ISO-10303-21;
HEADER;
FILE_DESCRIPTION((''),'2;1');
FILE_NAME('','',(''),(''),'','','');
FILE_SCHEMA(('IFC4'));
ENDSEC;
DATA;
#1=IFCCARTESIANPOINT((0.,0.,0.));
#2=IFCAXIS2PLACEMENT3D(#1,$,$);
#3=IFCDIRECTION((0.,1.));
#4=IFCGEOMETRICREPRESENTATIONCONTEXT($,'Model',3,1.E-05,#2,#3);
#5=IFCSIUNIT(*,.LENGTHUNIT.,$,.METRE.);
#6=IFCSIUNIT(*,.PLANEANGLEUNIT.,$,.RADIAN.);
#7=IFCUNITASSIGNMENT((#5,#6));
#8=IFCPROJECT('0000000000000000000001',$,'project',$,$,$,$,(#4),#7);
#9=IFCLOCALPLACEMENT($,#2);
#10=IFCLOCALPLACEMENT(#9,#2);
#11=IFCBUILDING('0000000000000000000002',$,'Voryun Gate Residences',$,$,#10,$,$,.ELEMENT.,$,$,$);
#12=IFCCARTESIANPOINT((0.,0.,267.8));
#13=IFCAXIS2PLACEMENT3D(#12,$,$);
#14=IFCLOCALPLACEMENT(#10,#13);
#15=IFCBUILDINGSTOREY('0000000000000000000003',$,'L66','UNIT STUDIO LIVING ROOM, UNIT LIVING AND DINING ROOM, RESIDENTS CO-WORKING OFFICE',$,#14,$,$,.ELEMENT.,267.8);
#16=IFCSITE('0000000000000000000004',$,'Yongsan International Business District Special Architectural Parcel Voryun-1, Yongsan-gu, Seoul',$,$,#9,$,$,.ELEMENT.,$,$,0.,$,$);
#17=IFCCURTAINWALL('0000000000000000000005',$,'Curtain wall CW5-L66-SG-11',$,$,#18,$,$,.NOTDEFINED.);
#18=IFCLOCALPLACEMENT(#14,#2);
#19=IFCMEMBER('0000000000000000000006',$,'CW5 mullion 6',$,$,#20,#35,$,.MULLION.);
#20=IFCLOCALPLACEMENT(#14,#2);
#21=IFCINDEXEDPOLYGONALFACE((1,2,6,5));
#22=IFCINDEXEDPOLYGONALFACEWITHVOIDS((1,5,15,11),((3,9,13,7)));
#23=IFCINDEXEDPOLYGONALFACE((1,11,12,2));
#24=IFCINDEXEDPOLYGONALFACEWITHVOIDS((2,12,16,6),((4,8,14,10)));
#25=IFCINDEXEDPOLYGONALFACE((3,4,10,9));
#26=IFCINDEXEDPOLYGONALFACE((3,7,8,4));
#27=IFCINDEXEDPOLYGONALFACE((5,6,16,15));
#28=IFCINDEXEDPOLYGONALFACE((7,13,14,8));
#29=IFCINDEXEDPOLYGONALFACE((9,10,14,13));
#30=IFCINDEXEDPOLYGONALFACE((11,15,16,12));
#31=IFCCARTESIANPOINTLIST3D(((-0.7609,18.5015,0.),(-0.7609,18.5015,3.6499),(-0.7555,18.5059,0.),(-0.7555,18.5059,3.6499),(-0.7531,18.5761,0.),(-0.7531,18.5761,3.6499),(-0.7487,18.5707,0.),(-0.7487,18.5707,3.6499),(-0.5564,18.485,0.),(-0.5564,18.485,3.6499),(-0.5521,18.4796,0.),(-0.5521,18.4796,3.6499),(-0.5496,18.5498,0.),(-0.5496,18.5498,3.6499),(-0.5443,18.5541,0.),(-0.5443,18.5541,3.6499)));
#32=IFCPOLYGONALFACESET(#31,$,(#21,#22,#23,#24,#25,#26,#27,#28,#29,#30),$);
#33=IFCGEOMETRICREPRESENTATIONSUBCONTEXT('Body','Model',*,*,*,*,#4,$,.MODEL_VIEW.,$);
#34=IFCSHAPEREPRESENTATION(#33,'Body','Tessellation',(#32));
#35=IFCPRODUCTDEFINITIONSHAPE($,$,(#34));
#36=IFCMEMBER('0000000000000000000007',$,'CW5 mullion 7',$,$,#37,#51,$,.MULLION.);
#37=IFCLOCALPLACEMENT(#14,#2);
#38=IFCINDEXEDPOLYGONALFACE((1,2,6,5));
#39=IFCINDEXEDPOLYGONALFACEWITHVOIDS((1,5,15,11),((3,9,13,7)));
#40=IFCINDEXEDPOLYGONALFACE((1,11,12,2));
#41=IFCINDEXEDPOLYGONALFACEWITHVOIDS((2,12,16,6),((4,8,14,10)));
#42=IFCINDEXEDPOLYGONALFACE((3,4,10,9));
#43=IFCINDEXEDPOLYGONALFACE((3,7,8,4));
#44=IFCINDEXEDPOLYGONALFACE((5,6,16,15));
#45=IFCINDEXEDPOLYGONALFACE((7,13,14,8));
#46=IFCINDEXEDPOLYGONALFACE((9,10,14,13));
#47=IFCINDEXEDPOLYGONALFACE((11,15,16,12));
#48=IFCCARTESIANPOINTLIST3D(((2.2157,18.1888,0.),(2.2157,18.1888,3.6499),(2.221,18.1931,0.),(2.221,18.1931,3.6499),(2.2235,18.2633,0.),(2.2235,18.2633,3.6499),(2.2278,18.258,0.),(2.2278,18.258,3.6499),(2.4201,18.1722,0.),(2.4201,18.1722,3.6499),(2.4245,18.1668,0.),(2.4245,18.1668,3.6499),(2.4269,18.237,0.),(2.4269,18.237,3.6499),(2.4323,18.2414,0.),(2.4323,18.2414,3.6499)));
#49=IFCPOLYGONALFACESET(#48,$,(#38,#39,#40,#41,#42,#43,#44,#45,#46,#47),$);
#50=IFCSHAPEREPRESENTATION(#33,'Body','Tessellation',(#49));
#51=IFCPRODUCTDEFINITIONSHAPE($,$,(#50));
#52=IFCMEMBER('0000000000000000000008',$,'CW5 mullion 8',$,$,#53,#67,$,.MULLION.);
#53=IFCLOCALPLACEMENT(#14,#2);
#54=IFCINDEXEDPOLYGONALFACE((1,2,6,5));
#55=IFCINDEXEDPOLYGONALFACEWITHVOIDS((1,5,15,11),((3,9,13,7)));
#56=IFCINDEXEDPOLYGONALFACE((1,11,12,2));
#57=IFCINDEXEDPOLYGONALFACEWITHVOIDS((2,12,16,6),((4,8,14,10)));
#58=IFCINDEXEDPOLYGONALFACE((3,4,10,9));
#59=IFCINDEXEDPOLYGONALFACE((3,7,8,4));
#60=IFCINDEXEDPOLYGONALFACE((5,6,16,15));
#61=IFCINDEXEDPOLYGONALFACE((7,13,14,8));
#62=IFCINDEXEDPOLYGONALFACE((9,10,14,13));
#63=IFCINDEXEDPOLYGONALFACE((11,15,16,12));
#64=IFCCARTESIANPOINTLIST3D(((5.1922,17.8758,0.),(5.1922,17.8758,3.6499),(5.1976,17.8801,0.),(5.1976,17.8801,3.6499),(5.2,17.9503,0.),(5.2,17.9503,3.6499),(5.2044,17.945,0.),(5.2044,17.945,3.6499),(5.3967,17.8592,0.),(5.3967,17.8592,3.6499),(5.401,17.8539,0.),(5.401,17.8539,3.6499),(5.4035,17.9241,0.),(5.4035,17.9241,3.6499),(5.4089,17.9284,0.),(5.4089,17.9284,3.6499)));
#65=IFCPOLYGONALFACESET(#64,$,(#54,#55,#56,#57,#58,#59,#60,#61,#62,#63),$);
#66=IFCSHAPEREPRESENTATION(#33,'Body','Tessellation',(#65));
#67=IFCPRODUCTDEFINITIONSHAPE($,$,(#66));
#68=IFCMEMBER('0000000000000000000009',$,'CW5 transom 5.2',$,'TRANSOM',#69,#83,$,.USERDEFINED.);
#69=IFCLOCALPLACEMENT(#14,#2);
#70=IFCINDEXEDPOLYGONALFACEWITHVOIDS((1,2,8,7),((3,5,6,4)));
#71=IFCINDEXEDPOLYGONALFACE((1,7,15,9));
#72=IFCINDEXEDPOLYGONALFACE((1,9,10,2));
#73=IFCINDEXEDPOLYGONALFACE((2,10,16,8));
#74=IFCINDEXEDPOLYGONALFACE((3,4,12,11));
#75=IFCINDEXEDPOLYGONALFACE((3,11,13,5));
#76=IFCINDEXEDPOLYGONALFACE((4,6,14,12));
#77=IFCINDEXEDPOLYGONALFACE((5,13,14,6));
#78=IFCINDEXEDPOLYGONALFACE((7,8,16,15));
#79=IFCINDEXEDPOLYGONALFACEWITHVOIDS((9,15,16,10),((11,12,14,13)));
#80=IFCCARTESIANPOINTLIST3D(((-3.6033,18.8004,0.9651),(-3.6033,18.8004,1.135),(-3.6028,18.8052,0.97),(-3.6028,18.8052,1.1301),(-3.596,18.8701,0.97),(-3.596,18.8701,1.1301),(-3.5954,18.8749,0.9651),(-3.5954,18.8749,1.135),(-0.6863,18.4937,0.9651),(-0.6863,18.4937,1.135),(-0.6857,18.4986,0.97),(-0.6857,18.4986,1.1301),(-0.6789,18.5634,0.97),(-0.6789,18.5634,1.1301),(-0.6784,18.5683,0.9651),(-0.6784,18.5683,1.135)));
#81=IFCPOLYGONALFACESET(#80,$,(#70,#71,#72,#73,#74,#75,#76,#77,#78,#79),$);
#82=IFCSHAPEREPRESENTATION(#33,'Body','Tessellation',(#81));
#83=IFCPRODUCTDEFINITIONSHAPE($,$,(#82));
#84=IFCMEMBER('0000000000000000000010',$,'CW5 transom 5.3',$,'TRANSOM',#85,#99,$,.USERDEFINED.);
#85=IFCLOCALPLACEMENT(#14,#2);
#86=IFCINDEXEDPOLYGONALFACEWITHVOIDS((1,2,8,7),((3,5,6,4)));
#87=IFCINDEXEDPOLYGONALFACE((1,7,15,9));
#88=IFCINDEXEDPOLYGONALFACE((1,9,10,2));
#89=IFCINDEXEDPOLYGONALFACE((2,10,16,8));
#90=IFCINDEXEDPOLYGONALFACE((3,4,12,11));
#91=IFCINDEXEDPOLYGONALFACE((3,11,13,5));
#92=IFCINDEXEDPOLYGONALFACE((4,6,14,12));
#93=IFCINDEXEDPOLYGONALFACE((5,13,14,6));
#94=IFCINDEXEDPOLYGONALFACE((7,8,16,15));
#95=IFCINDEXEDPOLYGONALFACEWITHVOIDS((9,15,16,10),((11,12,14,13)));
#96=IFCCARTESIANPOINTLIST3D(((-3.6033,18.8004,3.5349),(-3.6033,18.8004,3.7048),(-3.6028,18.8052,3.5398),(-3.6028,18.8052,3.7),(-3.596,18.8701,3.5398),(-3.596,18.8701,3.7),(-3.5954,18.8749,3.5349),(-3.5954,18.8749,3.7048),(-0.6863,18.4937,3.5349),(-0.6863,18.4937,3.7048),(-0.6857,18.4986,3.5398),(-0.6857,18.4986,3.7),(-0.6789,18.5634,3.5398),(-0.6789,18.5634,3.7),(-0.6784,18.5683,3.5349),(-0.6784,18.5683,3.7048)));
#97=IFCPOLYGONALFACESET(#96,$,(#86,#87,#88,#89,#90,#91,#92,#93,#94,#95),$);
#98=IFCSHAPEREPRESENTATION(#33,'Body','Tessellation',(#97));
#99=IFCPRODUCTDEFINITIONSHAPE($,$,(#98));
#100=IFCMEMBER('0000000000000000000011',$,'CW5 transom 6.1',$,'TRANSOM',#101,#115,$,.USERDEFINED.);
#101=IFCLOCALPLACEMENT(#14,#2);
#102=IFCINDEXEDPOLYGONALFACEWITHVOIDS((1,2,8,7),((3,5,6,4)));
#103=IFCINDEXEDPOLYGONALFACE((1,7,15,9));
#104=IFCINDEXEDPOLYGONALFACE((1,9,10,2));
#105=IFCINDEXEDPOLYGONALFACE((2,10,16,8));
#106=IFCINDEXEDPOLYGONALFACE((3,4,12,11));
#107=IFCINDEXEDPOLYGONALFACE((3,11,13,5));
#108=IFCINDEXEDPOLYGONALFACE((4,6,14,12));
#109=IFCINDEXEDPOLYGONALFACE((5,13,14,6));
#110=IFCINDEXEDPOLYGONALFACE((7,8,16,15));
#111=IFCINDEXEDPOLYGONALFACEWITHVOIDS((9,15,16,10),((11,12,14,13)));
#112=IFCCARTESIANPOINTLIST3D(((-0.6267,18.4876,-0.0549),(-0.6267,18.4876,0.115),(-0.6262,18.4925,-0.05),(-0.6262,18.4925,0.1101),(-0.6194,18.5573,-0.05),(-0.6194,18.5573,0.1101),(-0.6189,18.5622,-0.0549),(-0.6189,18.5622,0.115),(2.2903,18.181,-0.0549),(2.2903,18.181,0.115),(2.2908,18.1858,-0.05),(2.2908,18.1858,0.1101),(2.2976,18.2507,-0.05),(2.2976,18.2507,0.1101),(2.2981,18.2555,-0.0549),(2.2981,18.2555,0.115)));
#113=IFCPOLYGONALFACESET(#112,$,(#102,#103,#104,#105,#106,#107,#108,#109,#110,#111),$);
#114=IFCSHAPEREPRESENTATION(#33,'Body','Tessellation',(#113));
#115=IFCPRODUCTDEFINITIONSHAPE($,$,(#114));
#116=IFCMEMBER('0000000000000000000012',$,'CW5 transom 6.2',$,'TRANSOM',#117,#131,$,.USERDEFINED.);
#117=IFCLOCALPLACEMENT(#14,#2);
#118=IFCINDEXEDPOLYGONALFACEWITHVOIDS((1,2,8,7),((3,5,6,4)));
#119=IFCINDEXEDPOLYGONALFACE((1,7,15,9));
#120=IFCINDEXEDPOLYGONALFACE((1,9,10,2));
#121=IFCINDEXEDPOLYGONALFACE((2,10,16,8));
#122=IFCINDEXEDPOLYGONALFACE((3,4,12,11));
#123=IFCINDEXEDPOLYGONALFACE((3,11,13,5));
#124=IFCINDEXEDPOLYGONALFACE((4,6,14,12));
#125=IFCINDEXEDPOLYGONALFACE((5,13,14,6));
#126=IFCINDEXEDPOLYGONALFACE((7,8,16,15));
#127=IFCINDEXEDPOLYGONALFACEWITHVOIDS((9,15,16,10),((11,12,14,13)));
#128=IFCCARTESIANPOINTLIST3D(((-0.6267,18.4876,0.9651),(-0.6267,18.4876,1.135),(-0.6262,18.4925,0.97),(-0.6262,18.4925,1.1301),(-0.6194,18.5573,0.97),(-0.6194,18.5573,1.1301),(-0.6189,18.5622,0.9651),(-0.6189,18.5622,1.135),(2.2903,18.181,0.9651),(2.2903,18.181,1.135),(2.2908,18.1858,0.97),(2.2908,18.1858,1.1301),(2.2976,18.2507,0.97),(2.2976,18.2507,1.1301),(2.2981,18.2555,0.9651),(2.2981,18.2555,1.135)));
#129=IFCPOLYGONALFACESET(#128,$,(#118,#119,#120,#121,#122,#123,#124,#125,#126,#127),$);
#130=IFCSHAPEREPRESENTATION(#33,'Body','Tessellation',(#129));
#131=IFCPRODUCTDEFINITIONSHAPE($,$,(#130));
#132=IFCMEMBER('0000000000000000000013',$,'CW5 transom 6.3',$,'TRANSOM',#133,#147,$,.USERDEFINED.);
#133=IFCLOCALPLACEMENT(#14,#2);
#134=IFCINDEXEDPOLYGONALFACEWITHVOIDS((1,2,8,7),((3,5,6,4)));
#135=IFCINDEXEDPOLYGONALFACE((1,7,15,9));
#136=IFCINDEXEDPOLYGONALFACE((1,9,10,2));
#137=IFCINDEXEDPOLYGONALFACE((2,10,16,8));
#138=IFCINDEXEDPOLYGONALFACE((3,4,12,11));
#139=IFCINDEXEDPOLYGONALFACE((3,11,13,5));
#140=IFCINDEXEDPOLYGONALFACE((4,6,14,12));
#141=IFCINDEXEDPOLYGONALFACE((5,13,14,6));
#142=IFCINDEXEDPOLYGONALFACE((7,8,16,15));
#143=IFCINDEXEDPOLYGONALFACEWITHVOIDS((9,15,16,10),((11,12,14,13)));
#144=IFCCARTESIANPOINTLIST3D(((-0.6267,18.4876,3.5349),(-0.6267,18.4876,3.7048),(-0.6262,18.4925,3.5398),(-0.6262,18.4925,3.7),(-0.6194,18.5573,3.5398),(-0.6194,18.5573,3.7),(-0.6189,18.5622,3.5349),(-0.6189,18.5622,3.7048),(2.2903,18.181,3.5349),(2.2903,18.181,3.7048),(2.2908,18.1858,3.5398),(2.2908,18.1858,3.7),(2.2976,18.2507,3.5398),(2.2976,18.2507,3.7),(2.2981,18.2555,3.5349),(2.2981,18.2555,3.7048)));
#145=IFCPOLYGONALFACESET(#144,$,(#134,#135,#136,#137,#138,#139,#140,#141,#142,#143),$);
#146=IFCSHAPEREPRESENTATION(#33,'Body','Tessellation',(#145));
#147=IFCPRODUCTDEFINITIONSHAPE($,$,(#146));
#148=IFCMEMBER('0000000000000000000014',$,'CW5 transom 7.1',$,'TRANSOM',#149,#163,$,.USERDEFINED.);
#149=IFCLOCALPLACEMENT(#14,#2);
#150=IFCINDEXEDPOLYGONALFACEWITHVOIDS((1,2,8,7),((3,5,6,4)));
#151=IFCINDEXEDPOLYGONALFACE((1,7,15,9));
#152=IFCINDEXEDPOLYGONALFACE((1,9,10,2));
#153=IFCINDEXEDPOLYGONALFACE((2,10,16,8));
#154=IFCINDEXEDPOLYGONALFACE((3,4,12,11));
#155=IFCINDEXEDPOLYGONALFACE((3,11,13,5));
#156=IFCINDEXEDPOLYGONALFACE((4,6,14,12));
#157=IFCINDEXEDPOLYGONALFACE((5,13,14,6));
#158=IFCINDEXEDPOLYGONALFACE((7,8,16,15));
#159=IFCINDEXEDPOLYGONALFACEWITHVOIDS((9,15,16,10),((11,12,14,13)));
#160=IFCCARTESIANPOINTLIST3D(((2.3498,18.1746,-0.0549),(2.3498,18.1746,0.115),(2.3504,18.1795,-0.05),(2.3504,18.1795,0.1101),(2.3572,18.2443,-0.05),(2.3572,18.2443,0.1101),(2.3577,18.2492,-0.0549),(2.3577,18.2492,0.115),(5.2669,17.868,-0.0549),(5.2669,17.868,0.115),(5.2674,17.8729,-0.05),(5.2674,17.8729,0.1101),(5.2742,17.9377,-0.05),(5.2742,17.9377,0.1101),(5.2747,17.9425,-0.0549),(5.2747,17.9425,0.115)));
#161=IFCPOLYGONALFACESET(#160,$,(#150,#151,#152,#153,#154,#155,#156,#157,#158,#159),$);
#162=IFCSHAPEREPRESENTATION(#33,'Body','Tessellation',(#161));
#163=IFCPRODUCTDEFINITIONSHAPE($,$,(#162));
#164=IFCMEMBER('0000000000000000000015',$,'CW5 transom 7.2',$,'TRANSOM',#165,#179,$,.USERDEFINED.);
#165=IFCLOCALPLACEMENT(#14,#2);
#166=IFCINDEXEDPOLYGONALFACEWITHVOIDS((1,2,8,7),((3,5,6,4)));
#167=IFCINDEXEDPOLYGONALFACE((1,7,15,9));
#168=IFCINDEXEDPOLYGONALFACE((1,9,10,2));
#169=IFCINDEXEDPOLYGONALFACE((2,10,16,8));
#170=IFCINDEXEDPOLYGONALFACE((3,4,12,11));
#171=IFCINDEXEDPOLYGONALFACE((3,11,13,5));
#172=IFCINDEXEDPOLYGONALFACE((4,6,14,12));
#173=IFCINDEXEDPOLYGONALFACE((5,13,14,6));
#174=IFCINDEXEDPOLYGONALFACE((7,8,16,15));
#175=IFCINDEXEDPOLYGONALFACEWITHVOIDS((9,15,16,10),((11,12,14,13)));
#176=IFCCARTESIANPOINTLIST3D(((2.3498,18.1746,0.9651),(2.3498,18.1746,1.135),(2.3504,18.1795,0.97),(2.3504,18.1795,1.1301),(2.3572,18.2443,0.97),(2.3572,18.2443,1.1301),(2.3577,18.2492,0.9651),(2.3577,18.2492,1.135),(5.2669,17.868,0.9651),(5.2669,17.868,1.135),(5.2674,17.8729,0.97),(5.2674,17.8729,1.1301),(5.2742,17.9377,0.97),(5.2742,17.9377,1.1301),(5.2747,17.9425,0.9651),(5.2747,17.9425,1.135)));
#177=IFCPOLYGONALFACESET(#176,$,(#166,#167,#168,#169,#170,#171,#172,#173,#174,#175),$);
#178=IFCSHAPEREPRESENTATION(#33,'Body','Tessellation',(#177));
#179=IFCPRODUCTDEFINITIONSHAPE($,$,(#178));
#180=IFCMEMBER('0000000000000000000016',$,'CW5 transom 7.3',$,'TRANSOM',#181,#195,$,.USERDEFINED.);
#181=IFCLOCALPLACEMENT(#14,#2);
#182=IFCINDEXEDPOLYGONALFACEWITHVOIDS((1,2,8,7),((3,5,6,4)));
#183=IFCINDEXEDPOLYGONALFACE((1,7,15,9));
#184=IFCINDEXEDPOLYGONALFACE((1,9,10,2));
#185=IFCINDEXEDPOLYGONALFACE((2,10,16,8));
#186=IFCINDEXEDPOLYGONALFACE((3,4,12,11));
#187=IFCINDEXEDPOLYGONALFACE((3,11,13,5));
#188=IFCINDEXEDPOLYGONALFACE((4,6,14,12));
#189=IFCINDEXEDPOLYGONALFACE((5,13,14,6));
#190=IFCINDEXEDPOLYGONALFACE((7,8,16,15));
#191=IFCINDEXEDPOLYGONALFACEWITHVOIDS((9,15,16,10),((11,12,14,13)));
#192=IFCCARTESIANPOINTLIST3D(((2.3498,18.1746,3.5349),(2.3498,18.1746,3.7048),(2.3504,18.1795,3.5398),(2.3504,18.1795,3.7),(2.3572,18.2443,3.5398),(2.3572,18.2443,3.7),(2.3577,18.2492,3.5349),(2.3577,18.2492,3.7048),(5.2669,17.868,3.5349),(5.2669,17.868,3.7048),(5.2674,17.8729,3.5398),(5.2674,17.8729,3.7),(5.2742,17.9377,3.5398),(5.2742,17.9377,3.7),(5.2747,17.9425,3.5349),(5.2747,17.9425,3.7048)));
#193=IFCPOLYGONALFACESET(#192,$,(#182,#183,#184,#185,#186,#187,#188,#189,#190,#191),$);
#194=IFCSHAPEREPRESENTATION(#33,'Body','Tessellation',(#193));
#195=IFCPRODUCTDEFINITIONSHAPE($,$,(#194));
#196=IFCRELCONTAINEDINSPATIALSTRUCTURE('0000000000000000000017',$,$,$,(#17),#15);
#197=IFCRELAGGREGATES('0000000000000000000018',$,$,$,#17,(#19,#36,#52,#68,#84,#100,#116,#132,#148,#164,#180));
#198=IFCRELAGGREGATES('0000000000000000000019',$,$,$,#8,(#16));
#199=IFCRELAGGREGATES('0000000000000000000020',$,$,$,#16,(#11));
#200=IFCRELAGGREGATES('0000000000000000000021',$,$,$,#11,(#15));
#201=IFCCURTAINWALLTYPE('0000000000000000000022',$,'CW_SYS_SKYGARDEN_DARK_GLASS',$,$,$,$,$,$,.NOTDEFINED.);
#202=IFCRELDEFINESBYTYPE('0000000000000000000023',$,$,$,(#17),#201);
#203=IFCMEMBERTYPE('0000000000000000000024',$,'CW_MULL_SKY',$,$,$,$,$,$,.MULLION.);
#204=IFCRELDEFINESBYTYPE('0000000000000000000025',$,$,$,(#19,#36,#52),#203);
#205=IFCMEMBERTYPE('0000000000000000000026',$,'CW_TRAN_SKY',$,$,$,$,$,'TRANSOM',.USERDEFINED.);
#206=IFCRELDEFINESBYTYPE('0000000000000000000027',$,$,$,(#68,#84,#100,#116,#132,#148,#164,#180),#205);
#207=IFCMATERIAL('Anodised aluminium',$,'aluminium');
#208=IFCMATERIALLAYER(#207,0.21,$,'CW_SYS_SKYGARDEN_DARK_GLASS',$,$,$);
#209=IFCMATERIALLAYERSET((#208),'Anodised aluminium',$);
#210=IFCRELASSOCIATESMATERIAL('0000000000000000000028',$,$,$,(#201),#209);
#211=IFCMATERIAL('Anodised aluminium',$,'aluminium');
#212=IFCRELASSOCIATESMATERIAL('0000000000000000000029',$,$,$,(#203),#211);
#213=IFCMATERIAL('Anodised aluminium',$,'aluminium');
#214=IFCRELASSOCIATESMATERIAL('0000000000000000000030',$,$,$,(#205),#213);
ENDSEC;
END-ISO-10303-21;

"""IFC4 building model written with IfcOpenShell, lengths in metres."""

from ifc_helpers import new_model, si_unit, direction, frame, origin, origin_2d, place, context, subcontext, project, spatial, hollow_rectangle, extrude, material, layer, layer_set, material_profile, profile_set, type_object, element, aggregate, save


model = new_model("IFC4")

# Units and contexts
model_context = context("Model", 3, precision=1e-05, world=origin(), true_north=direction((0.0, 1.0)))
body_context = subcontext(model_context, "Body", "Model", "MODEL_VIEW")
ifc_project = project(units=[si_unit("LENGTHUNIT", "METRE"), si_unit("PLANEANGLEUNIT", "RADIAN")], contexts=[model_context])

# Site, building, storey
site_placement = place(None, origin())
site = spatial("IfcSite", under=ifc_project, at=site_placement, Name="Yongsan International Business District Special Architectural Parcel Voryun-1, Yongsan-gu, Seoul", CompositionType="ELEMENT", RefElevation=0.0)
building_placement = place(site_placement, origin())
building = spatial("IfcBuilding", under=site, at=building_placement, Name="Voryun Gate Residences", CompositionType="ELEMENT")
storey_placement = place(building_placement, frame((0.0, 0.0, 267.8)))
storey = spatial("IfcBuildingStorey", under=building, at=storey_placement, Name="L66", Description="UNIT STUDIO LIVING ROOM, UNIT LIVING AND DINING ROOM, RESIDENTS CO-WORKING OFFICE", CompositionType="ELEMENT", Elevation=267.8)

# Curtain wall, members
ifc_material_1 = material(Name="Anodised aluminium", Category="aluminium")
ifc_layer_1 = layer(ifc_material_1, 0.21, Name="CW_SYS_SKYGARDEN_DARK_GLASS")
ifc_layer_set_1 = layer_set([ifc_layer_1], Name="Anodised aluminium")
curtain_wall_type = type_object("IfcCurtainWallType", Name="CW_SYS_SKYGARDEN_DARK_GLASS", PredefinedType="NOTDEFINED", material=ifc_layer_set_1)
curtain_wall_placement = place(storey_placement, origin())
curtain_wall = element("IfcCurtainWall", 1, at=curtain_wall_placement, inside=storey, type_object=curtain_wall_type, Name="Curtain wall CW5-L66-SG-11", PredefinedType="NOTDEFINED")
ifc_material_2 = material(Name="Anodised aluminium", Category="aluminium")
ifc_material_profile_1 = material_profile(ifc_material_2, hollow_rectangle(XDim=0.075, YDim=0.21, WallThickness=0.0049, at=origin_2d()), Name="ALU-MULL-210x75x5")
ifc_profile_set_1 = profile_set([ifc_material_profile_1], Name="Anodised aluminium")
member_type_1 = type_object("IfcMemberType", Name="CW_MULL_SKY", PredefinedType="MULLION", material=ifc_profile_set_1)
member_1_placement = place(storey_placement, frame((-0.6526, 18.5278, 0.0), z_axis=(0.0, 0.0, 1.0), x_axis=(0.104532, 0.994521, 0.0)))
member_1 = element("IfcMember", 2, at=member_1_placement, type_object=member_type_1, Name="CW5 mullion 6", PredefinedType="MULLION", context=body_context, shape_type="SweptSolid", body=[
    extrude(hollow_rectangle(XDim=0.075, YDim=0.21, WallThickness=0.0049, at=origin_2d()), origin(), (0.0, 0.0, 1.0), 3.6499),
])
member_2_placement = place(storey_placement, frame((2.324, 18.2151, 0.0), z_axis=(0.0, 0.0, 1.0), x_axis=(0.104532, 0.994521, 0.0)))
member_2 = element("IfcMember", 3, at=member_2_placement, type_object=member_type_1, Name="CW5 mullion 7", PredefinedType="MULLION", context=body_context, shape_type="SweptSolid", body=[
    extrude(hollow_rectangle(XDim=0.075, YDim=0.21, WallThickness=0.0049, at=origin_2d()), origin(), (0.0, 0.0, 1.0), 3.6499),
])
member_3_placement = place(storey_placement, frame((5.3005, 17.9021, 0.0), z_axis=(0.0, 0.0, 1.0), x_axis=(0.104532, 0.994521, 0.0)))
member_3 = element("IfcMember", 4, at=member_3_placement, type_object=member_type_1, Name="CW5 mullion 8", PredefinedType="MULLION", context=body_context, shape_type="SweptSolid", body=[
    extrude(hollow_rectangle(XDim=0.075, YDim=0.21, WallThickness=0.0049, at=origin_2d()), origin(), (0.0, 0.0, 1.0), 3.6499),
])
ifc_material_3 = material(Name="Anodised aluminium", Category="aluminium")
ifc_material_profile_2 = material_profile(ifc_material_3, hollow_rectangle(XDim=0.075, YDim=0.1699, WallThickness=0.0049, at=origin_2d()), Name="ALU-TRAN-170x75x5")
ifc_profile_set_2 = profile_set([ifc_material_profile_2], Name="Anodised aluminium")
member_type_2 = type_object("IfcMemberType", Name="CW_TRAN_SKY", ElementType="TRANSOM", PredefinedType="USERDEFINED", material=ifc_profile_set_2)
member_4_placement = place(storey_placement, frame((-3.5994, 18.8376, 1.05), z_axis=(0.99452, -0.104546, 0.0), x_axis=(0.104546, 0.99452, 0.0)))
member_4 = element("IfcMember", 5, at=member_4_placement, type_object=member_type_2, Name="CW5 transom 5.2", ObjectType="TRANSOM", PredefinedType="USERDEFINED", context=body_context, shape_type="SweptSolid", body=[
    extrude(hollow_rectangle(XDim=0.075, YDim=0.1699, WallThickness=0.0049, at=origin_2d()), origin(), (0.0, 0.0, 1.0), 2.9331),
])
member_5_placement = place(storey_placement, frame((-3.5994, 18.8376, 3.6199), z_axis=(0.99452, -0.104546, 0.0), x_axis=(0.104546, 0.99452, 0.0)))
member_5 = element("IfcMember", 6, at=member_5_placement, type_object=member_type_2, Name="CW5 transom 5.3", ObjectType="TRANSOM", PredefinedType="USERDEFINED", context=body_context, shape_type="SweptSolid", body=[
    extrude(hollow_rectangle(XDim=0.075, YDim=0.1699, WallThickness=0.0049, at=origin_2d()), origin(), (0.0, 0.0, 1.0), 2.9331),
])
member_6_placement = place(storey_placement, frame((-0.6228, 18.5249, 0.03), z_axis=(0.99452, -0.104546, 0.0), x_axis=(0.104546, 0.99452, 0.0)))
member_6 = element("IfcMember", 7, at=member_6_placement, type_object=member_type_2, Name="CW5 transom 6.1", ObjectType="TRANSOM", PredefinedType="USERDEFINED", context=body_context, shape_type="SweptSolid", body=[
    extrude(hollow_rectangle(XDim=0.075, YDim=0.1699, WallThickness=0.0049, at=origin_2d()), origin(), (0.0, 0.0, 1.0), 2.9331),
])
member_7_placement = place(storey_placement, frame((-0.6228, 18.5249, 1.05), z_axis=(0.99452, -0.104546, 0.0), x_axis=(0.104546, 0.99452, 0.0)))
member_7 = element("IfcMember", 8, at=member_7_placement, type_object=member_type_2, Name="CW5 transom 6.2", ObjectType="TRANSOM", PredefinedType="USERDEFINED", context=body_context, shape_type="SweptSolid", body=[
    extrude(hollow_rectangle(XDim=0.075, YDim=0.1699, WallThickness=0.0049, at=origin_2d()), origin(), (0.0, 0.0, 1.0), 2.9331),
])
member_8_placement = place(storey_placement, frame((-0.6228, 18.5249, 3.6199), z_axis=(0.99452, -0.104546, 0.0), x_axis=(0.104546, 0.99452, 0.0)))
member_8 = element("IfcMember", 9, at=member_8_placement, type_object=member_type_2, Name="CW5 transom 6.3", ObjectType="TRANSOM", PredefinedType="USERDEFINED", context=body_context, shape_type="SweptSolid", body=[
    extrude(hollow_rectangle(XDim=0.075, YDim=0.1699, WallThickness=0.0049, at=origin_2d()), origin(), (0.0, 0.0, 1.0), 2.9331),
])
member_9_placement = place(storey_placement, frame((2.3538, 18.2119, 0.03), z_axis=(0.99452, -0.104546, 0.0), x_axis=(0.104546, 0.99452, 0.0)))
member_9 = element("IfcMember", 10, at=member_9_placement, type_object=member_type_2, Name="CW5 transom 7.1", ObjectType="TRANSOM", PredefinedType="USERDEFINED", context=body_context, shape_type="SweptSolid", body=[
    extrude(hollow_rectangle(XDim=0.075, YDim=0.1699, WallThickness=0.0049, at=origin_2d()), origin(), (0.0, 0.0, 1.0), 2.9331),
])
member_10_placement = place(storey_placement, frame((2.3538, 18.2119, 1.05), z_axis=(0.99452, -0.104546, 0.0), x_axis=(0.104546, 0.99452, 0.0)))
member_10 = element("IfcMember", 11, at=member_10_placement, type_object=member_type_2, Name="CW5 transom 7.2", ObjectType="TRANSOM", PredefinedType="USERDEFINED", context=body_context, shape_type="SweptSolid", body=[
    extrude(hollow_rectangle(XDim=0.075, YDim=0.1699, WallThickness=0.0049, at=origin_2d()), origin(), (0.0, 0.0, 1.0), 2.9331),
])
member_11_placement = place(storey_placement, frame((2.3538, 18.2119, 3.6199), z_axis=(0.99452, -0.104546, 0.0), x_axis=(0.104546, 0.99452, 0.0)))
member_11 = element("IfcMember", 12, at=member_11_placement, type_object=member_type_2, Name="CW5 transom 7.3", ObjectType="TRANSOM", PredefinedType="USERDEFINED", context=body_context, shape_type="SweptSolid", body=[
    extrude(hollow_rectangle(XDim=0.075, YDim=0.1699, WallThickness=0.0049, at=origin_2d()), origin(), (0.0, 0.0, 1.0), 2.9331),
])
aggregate(curtain_wall, [member_1, member_2, member_3, member_4, member_5, member_6, member_7, member_8, member_9, member_10, member_11])

save(model, "model.ifc")
